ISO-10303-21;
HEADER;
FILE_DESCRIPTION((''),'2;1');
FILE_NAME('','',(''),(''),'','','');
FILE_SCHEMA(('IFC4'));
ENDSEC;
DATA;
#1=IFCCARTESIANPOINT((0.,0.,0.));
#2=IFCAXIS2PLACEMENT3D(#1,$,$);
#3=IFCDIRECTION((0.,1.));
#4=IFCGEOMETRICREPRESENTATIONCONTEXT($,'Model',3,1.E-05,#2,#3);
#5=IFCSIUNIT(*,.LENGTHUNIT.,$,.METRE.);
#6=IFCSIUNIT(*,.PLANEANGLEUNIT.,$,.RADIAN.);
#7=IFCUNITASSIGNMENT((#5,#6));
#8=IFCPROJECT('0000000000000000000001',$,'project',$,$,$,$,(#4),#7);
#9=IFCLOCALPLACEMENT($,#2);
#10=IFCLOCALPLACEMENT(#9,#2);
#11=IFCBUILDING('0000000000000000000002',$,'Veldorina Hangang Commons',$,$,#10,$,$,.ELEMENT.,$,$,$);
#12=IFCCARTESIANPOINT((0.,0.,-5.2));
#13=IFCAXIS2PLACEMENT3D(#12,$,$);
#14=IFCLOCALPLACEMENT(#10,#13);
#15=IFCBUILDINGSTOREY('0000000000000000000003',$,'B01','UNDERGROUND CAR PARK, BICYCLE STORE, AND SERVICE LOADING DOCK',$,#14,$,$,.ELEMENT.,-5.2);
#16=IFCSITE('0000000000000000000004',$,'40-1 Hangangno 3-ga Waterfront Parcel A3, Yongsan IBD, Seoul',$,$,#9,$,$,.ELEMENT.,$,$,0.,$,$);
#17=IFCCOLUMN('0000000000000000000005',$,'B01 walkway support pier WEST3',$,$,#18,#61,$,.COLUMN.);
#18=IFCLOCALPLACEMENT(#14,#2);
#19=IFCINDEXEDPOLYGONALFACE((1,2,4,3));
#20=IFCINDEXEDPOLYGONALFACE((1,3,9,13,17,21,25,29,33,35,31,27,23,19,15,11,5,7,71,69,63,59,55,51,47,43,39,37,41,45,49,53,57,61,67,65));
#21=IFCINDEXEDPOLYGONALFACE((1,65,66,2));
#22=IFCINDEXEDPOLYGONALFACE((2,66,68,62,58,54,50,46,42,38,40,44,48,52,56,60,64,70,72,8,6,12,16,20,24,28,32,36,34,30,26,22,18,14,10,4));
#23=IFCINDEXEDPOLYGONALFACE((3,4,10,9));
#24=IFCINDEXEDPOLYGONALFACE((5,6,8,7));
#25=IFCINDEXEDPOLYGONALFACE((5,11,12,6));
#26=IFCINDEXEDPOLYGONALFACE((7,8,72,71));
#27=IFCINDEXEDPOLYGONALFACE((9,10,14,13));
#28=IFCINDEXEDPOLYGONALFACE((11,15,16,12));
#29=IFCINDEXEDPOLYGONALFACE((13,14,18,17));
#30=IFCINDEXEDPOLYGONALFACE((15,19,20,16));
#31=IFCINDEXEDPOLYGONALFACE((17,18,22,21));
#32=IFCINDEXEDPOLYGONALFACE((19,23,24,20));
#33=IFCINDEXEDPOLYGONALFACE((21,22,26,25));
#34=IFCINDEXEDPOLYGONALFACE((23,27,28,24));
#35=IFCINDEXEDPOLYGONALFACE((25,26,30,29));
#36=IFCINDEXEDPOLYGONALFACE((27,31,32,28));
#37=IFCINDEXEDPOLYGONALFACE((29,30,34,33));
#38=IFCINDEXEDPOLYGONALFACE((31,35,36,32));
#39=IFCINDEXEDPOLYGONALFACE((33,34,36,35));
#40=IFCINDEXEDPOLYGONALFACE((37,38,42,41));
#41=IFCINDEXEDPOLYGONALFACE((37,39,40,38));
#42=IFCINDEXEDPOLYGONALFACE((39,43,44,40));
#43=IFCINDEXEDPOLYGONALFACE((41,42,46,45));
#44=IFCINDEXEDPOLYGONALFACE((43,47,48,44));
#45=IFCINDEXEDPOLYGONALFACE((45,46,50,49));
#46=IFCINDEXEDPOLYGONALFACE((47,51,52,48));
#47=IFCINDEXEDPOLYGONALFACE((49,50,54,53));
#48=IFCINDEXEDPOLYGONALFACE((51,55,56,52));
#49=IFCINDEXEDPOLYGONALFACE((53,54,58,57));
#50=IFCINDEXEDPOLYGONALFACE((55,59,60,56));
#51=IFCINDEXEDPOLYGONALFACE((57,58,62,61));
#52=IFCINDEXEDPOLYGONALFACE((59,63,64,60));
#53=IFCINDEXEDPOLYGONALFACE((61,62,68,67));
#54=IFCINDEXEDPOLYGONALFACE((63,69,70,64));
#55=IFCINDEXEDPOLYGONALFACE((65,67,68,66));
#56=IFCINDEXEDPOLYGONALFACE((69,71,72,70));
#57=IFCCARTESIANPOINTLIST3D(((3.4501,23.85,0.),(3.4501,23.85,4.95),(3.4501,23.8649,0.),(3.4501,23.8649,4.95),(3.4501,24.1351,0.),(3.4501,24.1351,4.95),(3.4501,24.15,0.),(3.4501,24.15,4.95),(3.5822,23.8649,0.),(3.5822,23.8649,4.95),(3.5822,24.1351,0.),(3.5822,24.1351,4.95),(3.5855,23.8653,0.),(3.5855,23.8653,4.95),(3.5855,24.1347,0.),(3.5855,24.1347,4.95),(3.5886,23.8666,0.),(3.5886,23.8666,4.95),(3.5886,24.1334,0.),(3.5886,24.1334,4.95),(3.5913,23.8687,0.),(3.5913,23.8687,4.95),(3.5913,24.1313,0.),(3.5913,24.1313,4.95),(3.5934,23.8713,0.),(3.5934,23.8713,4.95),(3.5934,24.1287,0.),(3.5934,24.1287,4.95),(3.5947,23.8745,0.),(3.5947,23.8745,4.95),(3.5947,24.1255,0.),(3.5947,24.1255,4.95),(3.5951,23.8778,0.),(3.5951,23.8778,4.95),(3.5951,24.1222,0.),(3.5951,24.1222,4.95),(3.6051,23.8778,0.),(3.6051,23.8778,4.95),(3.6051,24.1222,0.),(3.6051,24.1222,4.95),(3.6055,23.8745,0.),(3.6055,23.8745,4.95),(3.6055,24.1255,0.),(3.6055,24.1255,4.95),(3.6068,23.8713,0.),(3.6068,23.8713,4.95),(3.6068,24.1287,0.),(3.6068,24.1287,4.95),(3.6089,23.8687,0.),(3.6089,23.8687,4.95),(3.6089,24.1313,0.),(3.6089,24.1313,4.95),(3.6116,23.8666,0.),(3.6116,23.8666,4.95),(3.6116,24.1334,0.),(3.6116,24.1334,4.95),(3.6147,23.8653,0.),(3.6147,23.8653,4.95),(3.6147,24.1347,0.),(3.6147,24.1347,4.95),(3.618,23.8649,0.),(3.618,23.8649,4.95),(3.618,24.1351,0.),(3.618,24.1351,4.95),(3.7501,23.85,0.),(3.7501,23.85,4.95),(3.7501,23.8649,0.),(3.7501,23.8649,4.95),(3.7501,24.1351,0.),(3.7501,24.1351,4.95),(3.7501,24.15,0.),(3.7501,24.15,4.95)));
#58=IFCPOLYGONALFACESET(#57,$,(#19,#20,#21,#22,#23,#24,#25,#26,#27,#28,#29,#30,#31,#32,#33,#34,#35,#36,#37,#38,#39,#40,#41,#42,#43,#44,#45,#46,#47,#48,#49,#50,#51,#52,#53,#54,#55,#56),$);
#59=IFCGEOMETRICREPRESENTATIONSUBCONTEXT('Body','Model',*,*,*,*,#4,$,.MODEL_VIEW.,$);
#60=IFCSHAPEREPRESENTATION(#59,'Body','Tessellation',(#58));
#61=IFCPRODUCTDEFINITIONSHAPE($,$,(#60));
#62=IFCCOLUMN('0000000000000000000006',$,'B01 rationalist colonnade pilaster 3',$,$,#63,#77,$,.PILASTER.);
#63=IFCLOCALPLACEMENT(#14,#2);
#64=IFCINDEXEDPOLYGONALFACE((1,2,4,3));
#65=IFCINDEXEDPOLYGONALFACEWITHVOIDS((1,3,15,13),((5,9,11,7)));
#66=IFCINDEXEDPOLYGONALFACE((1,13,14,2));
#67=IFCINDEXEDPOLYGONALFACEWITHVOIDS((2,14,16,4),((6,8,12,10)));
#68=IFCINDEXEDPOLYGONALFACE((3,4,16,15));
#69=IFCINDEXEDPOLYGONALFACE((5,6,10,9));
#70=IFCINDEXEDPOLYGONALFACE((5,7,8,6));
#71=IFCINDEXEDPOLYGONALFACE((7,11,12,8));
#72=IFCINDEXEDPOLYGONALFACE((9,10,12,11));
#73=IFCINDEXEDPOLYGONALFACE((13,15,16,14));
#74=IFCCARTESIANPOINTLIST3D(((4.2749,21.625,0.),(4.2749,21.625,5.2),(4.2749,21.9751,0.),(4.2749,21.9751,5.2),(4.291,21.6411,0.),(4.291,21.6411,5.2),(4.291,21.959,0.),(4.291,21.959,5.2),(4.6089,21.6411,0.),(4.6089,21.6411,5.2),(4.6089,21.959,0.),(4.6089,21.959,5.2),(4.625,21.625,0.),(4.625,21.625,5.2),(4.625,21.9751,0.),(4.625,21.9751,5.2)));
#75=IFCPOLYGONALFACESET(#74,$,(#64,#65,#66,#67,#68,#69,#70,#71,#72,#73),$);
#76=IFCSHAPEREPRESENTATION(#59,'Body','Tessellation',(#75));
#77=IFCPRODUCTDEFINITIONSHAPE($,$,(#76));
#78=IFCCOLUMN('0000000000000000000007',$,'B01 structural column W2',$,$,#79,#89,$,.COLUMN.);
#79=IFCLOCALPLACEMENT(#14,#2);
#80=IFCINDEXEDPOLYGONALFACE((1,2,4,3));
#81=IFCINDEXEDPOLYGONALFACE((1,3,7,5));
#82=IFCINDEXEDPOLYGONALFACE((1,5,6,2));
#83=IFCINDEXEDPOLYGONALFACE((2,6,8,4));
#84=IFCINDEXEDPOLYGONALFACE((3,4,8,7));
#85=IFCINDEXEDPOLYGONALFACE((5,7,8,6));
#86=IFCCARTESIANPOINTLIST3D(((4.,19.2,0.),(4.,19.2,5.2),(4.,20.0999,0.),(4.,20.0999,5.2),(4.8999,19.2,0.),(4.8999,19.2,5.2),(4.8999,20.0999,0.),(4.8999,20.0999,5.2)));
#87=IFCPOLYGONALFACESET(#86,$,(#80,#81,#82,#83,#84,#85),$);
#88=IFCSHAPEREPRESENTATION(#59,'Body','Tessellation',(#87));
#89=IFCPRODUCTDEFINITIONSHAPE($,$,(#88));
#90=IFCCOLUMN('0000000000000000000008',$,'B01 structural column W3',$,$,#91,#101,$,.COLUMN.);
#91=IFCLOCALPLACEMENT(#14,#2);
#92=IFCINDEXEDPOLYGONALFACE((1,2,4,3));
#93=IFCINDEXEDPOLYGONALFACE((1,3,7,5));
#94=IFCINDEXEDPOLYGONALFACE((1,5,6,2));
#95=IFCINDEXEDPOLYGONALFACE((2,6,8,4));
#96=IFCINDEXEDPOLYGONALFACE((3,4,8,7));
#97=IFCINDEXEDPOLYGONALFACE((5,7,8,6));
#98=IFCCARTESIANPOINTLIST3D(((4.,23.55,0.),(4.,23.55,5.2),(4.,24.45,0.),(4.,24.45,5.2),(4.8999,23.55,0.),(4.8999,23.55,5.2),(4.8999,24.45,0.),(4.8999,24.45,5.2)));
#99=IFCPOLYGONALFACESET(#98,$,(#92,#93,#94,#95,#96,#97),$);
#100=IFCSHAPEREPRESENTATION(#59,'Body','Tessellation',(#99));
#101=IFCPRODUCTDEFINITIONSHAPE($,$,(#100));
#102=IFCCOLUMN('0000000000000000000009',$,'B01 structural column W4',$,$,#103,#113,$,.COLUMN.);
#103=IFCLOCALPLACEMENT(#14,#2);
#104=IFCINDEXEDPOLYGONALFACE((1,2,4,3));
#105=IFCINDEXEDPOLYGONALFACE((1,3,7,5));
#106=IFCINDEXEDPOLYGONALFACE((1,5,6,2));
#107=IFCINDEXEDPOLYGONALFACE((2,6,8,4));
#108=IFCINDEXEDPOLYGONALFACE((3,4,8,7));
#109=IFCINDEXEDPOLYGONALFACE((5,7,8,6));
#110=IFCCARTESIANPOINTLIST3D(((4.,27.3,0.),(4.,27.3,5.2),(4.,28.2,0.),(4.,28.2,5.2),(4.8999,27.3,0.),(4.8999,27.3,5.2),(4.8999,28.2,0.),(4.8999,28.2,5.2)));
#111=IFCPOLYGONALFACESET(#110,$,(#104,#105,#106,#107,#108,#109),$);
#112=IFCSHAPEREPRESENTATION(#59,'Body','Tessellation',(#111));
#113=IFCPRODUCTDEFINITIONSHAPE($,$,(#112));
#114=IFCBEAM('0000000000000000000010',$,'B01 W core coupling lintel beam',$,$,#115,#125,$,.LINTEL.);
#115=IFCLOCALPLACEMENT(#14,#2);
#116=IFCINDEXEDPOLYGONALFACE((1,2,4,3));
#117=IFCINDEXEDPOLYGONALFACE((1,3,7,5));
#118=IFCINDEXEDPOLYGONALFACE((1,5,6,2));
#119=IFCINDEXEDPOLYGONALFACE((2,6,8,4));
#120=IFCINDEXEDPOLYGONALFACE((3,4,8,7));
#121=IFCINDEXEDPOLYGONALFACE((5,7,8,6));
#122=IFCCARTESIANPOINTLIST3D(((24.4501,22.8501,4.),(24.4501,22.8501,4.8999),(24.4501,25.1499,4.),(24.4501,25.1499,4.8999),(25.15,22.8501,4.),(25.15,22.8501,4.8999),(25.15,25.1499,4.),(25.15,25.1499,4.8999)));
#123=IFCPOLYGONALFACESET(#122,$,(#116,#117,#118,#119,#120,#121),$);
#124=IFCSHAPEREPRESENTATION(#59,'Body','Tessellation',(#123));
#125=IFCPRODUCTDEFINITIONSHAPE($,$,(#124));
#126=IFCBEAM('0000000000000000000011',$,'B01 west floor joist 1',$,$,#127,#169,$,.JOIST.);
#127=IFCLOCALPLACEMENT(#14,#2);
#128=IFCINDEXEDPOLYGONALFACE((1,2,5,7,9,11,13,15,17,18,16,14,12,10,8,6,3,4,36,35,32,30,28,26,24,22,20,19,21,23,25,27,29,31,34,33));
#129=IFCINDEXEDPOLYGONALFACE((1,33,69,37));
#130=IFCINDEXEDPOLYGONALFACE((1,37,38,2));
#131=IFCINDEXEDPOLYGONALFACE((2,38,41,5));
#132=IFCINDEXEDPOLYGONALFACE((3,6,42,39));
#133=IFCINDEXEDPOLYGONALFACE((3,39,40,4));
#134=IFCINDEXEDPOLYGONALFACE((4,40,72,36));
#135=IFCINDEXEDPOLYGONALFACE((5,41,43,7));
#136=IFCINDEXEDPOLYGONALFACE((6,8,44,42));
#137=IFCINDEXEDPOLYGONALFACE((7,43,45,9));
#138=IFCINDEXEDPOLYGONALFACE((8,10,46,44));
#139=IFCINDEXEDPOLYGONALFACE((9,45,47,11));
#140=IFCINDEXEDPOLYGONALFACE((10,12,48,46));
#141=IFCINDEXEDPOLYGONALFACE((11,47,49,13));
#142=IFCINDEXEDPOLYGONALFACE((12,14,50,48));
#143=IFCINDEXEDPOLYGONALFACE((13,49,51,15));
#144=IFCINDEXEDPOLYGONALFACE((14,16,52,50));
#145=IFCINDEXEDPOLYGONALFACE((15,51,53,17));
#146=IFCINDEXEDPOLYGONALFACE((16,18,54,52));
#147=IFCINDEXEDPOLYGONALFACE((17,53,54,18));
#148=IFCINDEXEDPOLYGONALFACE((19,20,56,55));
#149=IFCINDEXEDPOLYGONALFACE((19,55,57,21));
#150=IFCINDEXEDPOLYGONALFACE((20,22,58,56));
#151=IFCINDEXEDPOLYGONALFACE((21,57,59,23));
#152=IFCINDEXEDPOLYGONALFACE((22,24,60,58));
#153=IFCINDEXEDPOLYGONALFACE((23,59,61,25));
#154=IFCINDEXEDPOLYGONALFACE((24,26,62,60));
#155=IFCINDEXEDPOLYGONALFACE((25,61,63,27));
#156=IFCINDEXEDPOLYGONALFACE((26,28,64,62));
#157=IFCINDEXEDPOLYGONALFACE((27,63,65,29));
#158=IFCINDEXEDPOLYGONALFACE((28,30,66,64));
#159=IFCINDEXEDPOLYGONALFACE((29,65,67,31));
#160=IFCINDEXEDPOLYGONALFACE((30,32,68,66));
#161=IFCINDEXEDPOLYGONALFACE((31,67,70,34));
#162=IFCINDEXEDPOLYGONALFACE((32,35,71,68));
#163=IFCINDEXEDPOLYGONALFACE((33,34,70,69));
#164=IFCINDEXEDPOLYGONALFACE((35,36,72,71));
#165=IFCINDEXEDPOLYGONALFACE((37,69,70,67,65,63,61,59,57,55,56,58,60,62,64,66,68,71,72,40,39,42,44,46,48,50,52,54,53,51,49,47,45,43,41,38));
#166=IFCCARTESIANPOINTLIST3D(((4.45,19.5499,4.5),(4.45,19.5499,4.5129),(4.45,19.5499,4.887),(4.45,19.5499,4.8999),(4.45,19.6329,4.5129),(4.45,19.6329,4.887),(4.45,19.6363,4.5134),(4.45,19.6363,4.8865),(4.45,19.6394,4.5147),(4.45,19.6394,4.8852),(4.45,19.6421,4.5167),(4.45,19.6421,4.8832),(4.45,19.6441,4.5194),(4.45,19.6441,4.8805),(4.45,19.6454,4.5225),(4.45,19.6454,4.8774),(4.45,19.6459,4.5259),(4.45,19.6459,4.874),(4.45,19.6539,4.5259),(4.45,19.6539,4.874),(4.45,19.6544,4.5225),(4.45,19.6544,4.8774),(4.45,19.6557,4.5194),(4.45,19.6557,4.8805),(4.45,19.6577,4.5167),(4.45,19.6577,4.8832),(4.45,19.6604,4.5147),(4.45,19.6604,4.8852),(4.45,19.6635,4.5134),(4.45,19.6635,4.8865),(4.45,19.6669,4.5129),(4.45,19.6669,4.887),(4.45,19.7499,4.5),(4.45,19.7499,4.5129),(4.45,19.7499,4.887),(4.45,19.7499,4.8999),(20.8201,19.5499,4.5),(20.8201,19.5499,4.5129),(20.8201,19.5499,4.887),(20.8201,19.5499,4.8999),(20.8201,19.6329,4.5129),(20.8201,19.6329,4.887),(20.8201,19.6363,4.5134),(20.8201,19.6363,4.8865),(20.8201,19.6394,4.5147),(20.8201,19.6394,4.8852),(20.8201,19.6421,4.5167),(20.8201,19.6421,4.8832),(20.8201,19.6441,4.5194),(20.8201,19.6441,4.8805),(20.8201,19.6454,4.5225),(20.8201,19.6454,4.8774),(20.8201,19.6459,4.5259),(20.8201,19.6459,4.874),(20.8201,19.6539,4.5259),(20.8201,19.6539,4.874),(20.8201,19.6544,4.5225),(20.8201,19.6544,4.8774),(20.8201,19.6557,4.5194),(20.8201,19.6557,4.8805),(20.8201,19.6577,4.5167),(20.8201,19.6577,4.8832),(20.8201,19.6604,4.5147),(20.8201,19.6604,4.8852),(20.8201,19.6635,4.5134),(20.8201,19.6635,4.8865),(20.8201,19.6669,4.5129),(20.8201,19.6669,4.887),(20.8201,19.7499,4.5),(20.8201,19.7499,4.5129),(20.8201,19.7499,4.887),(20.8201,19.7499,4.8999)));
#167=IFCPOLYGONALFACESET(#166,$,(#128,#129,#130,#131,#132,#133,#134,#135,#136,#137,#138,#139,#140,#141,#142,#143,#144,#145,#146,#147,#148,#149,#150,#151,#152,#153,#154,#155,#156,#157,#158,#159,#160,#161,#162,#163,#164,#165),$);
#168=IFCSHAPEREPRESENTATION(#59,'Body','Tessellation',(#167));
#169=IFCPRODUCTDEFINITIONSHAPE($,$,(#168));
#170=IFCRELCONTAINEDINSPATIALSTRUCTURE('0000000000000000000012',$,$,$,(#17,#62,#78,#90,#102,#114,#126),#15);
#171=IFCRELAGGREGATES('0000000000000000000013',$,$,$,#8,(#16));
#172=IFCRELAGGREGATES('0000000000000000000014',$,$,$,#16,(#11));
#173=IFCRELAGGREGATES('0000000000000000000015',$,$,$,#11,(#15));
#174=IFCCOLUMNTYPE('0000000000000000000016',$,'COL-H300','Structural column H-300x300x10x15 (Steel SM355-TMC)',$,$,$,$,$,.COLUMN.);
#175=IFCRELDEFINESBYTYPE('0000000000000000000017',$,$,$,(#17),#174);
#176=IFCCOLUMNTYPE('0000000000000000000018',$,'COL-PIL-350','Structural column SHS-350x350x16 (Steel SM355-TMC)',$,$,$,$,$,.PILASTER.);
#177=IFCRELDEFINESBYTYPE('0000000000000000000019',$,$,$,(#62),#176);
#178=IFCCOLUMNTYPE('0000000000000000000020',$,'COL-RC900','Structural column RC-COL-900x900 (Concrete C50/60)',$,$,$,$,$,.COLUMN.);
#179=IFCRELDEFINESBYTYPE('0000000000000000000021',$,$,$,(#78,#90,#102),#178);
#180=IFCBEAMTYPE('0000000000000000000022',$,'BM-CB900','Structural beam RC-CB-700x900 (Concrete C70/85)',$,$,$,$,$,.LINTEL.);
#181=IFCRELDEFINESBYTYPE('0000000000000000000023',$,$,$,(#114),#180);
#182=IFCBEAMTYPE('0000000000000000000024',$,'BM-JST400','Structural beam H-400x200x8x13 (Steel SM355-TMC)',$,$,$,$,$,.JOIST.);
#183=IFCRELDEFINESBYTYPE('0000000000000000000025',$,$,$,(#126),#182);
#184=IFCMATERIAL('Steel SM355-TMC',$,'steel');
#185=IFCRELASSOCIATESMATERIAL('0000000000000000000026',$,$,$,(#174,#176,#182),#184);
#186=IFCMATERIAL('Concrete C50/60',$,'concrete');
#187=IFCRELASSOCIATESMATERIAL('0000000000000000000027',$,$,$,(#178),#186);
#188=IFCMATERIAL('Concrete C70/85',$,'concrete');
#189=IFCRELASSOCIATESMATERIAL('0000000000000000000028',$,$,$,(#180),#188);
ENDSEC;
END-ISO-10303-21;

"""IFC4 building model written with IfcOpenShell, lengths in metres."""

from ifc_helpers import new_model, si_unit, direction, frame, origin, origin_2d, place, context, subcontext, project, spatial, rectangle, hollow_rectangle, i_section, extrude, material, material_profile, profile_set, type_object, element, save


model = new_model("IFC4")

# Units and contexts
model_context = context("Model", 3, precision=1e-05, world=origin(), true_north=direction((0.0, 1.0)))
body_context = subcontext(model_context, "Body", "Model", "MODEL_VIEW")
ifc_project = project(units=[si_unit("LENGTHUNIT", "METRE"), si_unit("PLANEANGLEUNIT", "RADIAN")], contexts=[model_context])

# Site, building, storey
site_placement = place(None, origin())
site = spatial("IfcSite", under=ifc_project, at=site_placement, Name="40-1 Hangangno 3-ga Waterfront Parcel A3, Yongsan IBD, Seoul", CompositionType="ELEMENT", RefElevation=0.0)
building_placement = place(site_placement, origin())
building = spatial("IfcBuilding", under=site, at=building_placement, Name="Veldorina Hangang Commons", CompositionType="ELEMENT")
storey_placement = place(building_placement, frame((0.0, 0.0, -5.2)))
storey = spatial("IfcBuildingStorey", under=building, at=storey_placement, Name="B01", Description="UNDERGROUND CAR PARK, BICYCLE STORE, AND SERVICE LOADING DOCK", CompositionType="ELEMENT", Elevation=-5.2)

# Columns
ifc_material_1 = material(Name="Steel SM355-TMC", Category="steel")
ifc_material_profile_1 = material_profile(ifc_material_1, i_section(OverallWidth=0.3, OverallDepth=0.3, WebThickness=0.01, FlangeThickness=0.0149, FilletRadius=0.0129, at=origin_2d()), Name="H-300x300x10x15")
ifc_profile_set_1 = profile_set([ifc_material_profile_1], Name="Steel SM355-TMC")
column_type_1 = type_object("IfcColumnType", Name="COL-H300", Description="Structural column H-300x300x10x15 (Steel SM355-TMC)", PredefinedType="COLUMN", material=ifc_profile_set_1)
column_1_placement = place(storey_placement, frame((3.6001, 24.0, 0.0), z_axis=(0.0, 0.0, 1.0), x_axis=(1.0, 0.0, 0.0)))
element("IfcColumn", 1, at=column_1_placement, inside=storey, type_object=column_type_1, Name="B01 walkway support pier WEST3", PredefinedType="COLUMN", context=body_context, shape_type="SweptSolid", body=[
    extrude(i_section(OverallWidth=0.3, OverallDepth=0.3, WebThickness=0.01, FlangeThickness=0.0149, FilletRadius=0.0129, at=origin_2d()), origin(), (0.0, 0.0, 1.0), 4.95),
])
ifc_material_profile_2 = material_profile(ifc_material_1, hollow_rectangle(XDim=0.3501, YDim=0.3501, WallThickness=0.0161, at=origin_2d()), Name="SHS-350x350x16")
ifc_profile_set_2 = profile_set([ifc_material_profile_2], Name="Steel SM355-TMC")
column_type_2 = type_object("IfcColumnType", Name="COL-PIL-350", Description="Structural column SHS-350x350x16 (Steel SM355-TMC)", PredefinedType="PILASTER", material=ifc_profile_set_2)
column_2_placement = place(storey_placement, frame((4.45, 21.8, 0.0), z_axis=(0.0, 0.0, 1.0), x_axis=(1.0, 0.0, 0.0)))
element("IfcColumn", 2, at=column_2_placement, inside=storey, type_object=column_type_2, Name="B01 rationalist colonnade pilaster 3", PredefinedType="PILASTER", context=body_context, shape_type="SweptSolid", body=[
    extrude(hollow_rectangle(XDim=0.3501, YDim=0.3501, WallThickness=0.0161, at=origin_2d()), origin(), (0.0, 0.0, 1.0), 5.2),
])
ifc_material_2 = material(Name="Concrete C50/60", Category="concrete")
ifc_material_profile_3 = material_profile(ifc_material_2, rectangle(XDim=0.8999, YDim=0.8999, at=origin_2d()), Name="RC-COL-900x900")
ifc_profile_set_3 = profile_set([ifc_material_profile_3], Name="Concrete C50/60")
column_type_3 = type_object("IfcColumnType", Name="COL-RC900", Description="Structural column RC-COL-900x900 (Concrete C50/60)", PredefinedType="COLUMN", material=ifc_profile_set_3)
for number, where, z_axis, x_axis, name in (
    (3, (4.45, 19.6499, 0.0), (0.0, 0.0, 1.0), (1.0, 0.0, 0.0), "B01 structural column W2"),
    (4, (4.45, 24.0, 0.0), (0.0, 0.0, 1.0), (1.0, 0.0, 0.0), "B01 structural column W3"),
    (5, (4.45, 27.75, 0.0), (0.0, 0.0, 1.0), (1.0, 0.0, 0.0), "B01 structural column W4"),
):
    element("IfcColumn", number, at=place(storey_placement, frame(where, z_axis=z_axis, x_axis=x_axis)), inside=storey, type_object=column_type_3, Name=name, PredefinedType="COLUMN", context=body_context, shape_type="SweptSolid", body=[
        extrude(rectangle(XDim=0.8999, YDim=0.8999, at=origin_2d()), origin(), (0.0, 0.0, 1.0), 5.2),
    ])

# Beams
ifc_material_3 = material(Name="Concrete C70/85", Category="concrete")
ifc_material_profile_4 = material_profile(ifc_material_3, rectangle(XDim=0.7, YDim=0.8999, at=origin_2d()), Name="RC-CB-700x900")
ifc_profile_set_4 = profile_set([ifc_material_profile_4], Name="Concrete C70/85")
beam_type_1 = type_object("IfcBeamType", Name="BM-CB900", Description="Structural beam RC-CB-700x900 (Concrete C70/85)", PredefinedType="LINTEL", material=ifc_profile_set_4)
beam_1_placement = place(storey_placement, frame((24.8, 22.8501, 4.45), z_axis=(0.0, 1.0, 0.0), x_axis=(-1.0, 0.0, 0.0)))
element("IfcBeam", 6, at=beam_1_placement, inside=storey, type_object=beam_type_1, Name="B01 W core coupling lintel beam", PredefinedType="LINTEL", context=body_context, shape_type="SweptSolid", body=[
    extrude(rectangle(XDim=0.7, YDim=0.8999, at=origin_2d()), origin(), (0.0, 0.0, 1.0), 2.2998),
])
ifc_material_profile_5 = material_profile(ifc_material_1, i_section(OverallWidth=0.2, OverallDepth=0.3999, WebThickness=0.0081, FlangeThickness=0.0129, FilletRadius=0.0129, at=origin_2d()), Name="H-400x200x8x13")
ifc_profile_set_5 = profile_set([ifc_material_profile_5], Name="Steel SM355-TMC")
beam_type_2 = type_object("IfcBeamType", Name="BM-JST400", Description="Structural beam H-400x200x8x13 (Steel SM355-TMC)", PredefinedType="JOIST", material=ifc_profile_set_5)
for number, where, z_axis, x_axis, name in (
    (7, (4.45, 19.6499, 4.7), (1.0, 0.0, 0.0), (0.0, 1.0, 0.0), "B01 west floor joist 1"),
):
    element("IfcBeam", number, at=place(storey_placement, frame(where, z_axis=z_axis, x_axis=x_axis)), inside=storey, type_object=beam_type_2, Name=name, PredefinedType="JOIST", context=body_context, shape_type="SweptSolid", body=[
        extrude(i_section(OverallWidth=0.2, OverallDepth=0.3999, WebThickness=0.0081, FlangeThickness=0.0129, FilletRadius=0.0129, at=origin_2d()), origin(), (0.0, 0.0, 1.0), 16.3701),
    ])

save(model, "model.ifc")
